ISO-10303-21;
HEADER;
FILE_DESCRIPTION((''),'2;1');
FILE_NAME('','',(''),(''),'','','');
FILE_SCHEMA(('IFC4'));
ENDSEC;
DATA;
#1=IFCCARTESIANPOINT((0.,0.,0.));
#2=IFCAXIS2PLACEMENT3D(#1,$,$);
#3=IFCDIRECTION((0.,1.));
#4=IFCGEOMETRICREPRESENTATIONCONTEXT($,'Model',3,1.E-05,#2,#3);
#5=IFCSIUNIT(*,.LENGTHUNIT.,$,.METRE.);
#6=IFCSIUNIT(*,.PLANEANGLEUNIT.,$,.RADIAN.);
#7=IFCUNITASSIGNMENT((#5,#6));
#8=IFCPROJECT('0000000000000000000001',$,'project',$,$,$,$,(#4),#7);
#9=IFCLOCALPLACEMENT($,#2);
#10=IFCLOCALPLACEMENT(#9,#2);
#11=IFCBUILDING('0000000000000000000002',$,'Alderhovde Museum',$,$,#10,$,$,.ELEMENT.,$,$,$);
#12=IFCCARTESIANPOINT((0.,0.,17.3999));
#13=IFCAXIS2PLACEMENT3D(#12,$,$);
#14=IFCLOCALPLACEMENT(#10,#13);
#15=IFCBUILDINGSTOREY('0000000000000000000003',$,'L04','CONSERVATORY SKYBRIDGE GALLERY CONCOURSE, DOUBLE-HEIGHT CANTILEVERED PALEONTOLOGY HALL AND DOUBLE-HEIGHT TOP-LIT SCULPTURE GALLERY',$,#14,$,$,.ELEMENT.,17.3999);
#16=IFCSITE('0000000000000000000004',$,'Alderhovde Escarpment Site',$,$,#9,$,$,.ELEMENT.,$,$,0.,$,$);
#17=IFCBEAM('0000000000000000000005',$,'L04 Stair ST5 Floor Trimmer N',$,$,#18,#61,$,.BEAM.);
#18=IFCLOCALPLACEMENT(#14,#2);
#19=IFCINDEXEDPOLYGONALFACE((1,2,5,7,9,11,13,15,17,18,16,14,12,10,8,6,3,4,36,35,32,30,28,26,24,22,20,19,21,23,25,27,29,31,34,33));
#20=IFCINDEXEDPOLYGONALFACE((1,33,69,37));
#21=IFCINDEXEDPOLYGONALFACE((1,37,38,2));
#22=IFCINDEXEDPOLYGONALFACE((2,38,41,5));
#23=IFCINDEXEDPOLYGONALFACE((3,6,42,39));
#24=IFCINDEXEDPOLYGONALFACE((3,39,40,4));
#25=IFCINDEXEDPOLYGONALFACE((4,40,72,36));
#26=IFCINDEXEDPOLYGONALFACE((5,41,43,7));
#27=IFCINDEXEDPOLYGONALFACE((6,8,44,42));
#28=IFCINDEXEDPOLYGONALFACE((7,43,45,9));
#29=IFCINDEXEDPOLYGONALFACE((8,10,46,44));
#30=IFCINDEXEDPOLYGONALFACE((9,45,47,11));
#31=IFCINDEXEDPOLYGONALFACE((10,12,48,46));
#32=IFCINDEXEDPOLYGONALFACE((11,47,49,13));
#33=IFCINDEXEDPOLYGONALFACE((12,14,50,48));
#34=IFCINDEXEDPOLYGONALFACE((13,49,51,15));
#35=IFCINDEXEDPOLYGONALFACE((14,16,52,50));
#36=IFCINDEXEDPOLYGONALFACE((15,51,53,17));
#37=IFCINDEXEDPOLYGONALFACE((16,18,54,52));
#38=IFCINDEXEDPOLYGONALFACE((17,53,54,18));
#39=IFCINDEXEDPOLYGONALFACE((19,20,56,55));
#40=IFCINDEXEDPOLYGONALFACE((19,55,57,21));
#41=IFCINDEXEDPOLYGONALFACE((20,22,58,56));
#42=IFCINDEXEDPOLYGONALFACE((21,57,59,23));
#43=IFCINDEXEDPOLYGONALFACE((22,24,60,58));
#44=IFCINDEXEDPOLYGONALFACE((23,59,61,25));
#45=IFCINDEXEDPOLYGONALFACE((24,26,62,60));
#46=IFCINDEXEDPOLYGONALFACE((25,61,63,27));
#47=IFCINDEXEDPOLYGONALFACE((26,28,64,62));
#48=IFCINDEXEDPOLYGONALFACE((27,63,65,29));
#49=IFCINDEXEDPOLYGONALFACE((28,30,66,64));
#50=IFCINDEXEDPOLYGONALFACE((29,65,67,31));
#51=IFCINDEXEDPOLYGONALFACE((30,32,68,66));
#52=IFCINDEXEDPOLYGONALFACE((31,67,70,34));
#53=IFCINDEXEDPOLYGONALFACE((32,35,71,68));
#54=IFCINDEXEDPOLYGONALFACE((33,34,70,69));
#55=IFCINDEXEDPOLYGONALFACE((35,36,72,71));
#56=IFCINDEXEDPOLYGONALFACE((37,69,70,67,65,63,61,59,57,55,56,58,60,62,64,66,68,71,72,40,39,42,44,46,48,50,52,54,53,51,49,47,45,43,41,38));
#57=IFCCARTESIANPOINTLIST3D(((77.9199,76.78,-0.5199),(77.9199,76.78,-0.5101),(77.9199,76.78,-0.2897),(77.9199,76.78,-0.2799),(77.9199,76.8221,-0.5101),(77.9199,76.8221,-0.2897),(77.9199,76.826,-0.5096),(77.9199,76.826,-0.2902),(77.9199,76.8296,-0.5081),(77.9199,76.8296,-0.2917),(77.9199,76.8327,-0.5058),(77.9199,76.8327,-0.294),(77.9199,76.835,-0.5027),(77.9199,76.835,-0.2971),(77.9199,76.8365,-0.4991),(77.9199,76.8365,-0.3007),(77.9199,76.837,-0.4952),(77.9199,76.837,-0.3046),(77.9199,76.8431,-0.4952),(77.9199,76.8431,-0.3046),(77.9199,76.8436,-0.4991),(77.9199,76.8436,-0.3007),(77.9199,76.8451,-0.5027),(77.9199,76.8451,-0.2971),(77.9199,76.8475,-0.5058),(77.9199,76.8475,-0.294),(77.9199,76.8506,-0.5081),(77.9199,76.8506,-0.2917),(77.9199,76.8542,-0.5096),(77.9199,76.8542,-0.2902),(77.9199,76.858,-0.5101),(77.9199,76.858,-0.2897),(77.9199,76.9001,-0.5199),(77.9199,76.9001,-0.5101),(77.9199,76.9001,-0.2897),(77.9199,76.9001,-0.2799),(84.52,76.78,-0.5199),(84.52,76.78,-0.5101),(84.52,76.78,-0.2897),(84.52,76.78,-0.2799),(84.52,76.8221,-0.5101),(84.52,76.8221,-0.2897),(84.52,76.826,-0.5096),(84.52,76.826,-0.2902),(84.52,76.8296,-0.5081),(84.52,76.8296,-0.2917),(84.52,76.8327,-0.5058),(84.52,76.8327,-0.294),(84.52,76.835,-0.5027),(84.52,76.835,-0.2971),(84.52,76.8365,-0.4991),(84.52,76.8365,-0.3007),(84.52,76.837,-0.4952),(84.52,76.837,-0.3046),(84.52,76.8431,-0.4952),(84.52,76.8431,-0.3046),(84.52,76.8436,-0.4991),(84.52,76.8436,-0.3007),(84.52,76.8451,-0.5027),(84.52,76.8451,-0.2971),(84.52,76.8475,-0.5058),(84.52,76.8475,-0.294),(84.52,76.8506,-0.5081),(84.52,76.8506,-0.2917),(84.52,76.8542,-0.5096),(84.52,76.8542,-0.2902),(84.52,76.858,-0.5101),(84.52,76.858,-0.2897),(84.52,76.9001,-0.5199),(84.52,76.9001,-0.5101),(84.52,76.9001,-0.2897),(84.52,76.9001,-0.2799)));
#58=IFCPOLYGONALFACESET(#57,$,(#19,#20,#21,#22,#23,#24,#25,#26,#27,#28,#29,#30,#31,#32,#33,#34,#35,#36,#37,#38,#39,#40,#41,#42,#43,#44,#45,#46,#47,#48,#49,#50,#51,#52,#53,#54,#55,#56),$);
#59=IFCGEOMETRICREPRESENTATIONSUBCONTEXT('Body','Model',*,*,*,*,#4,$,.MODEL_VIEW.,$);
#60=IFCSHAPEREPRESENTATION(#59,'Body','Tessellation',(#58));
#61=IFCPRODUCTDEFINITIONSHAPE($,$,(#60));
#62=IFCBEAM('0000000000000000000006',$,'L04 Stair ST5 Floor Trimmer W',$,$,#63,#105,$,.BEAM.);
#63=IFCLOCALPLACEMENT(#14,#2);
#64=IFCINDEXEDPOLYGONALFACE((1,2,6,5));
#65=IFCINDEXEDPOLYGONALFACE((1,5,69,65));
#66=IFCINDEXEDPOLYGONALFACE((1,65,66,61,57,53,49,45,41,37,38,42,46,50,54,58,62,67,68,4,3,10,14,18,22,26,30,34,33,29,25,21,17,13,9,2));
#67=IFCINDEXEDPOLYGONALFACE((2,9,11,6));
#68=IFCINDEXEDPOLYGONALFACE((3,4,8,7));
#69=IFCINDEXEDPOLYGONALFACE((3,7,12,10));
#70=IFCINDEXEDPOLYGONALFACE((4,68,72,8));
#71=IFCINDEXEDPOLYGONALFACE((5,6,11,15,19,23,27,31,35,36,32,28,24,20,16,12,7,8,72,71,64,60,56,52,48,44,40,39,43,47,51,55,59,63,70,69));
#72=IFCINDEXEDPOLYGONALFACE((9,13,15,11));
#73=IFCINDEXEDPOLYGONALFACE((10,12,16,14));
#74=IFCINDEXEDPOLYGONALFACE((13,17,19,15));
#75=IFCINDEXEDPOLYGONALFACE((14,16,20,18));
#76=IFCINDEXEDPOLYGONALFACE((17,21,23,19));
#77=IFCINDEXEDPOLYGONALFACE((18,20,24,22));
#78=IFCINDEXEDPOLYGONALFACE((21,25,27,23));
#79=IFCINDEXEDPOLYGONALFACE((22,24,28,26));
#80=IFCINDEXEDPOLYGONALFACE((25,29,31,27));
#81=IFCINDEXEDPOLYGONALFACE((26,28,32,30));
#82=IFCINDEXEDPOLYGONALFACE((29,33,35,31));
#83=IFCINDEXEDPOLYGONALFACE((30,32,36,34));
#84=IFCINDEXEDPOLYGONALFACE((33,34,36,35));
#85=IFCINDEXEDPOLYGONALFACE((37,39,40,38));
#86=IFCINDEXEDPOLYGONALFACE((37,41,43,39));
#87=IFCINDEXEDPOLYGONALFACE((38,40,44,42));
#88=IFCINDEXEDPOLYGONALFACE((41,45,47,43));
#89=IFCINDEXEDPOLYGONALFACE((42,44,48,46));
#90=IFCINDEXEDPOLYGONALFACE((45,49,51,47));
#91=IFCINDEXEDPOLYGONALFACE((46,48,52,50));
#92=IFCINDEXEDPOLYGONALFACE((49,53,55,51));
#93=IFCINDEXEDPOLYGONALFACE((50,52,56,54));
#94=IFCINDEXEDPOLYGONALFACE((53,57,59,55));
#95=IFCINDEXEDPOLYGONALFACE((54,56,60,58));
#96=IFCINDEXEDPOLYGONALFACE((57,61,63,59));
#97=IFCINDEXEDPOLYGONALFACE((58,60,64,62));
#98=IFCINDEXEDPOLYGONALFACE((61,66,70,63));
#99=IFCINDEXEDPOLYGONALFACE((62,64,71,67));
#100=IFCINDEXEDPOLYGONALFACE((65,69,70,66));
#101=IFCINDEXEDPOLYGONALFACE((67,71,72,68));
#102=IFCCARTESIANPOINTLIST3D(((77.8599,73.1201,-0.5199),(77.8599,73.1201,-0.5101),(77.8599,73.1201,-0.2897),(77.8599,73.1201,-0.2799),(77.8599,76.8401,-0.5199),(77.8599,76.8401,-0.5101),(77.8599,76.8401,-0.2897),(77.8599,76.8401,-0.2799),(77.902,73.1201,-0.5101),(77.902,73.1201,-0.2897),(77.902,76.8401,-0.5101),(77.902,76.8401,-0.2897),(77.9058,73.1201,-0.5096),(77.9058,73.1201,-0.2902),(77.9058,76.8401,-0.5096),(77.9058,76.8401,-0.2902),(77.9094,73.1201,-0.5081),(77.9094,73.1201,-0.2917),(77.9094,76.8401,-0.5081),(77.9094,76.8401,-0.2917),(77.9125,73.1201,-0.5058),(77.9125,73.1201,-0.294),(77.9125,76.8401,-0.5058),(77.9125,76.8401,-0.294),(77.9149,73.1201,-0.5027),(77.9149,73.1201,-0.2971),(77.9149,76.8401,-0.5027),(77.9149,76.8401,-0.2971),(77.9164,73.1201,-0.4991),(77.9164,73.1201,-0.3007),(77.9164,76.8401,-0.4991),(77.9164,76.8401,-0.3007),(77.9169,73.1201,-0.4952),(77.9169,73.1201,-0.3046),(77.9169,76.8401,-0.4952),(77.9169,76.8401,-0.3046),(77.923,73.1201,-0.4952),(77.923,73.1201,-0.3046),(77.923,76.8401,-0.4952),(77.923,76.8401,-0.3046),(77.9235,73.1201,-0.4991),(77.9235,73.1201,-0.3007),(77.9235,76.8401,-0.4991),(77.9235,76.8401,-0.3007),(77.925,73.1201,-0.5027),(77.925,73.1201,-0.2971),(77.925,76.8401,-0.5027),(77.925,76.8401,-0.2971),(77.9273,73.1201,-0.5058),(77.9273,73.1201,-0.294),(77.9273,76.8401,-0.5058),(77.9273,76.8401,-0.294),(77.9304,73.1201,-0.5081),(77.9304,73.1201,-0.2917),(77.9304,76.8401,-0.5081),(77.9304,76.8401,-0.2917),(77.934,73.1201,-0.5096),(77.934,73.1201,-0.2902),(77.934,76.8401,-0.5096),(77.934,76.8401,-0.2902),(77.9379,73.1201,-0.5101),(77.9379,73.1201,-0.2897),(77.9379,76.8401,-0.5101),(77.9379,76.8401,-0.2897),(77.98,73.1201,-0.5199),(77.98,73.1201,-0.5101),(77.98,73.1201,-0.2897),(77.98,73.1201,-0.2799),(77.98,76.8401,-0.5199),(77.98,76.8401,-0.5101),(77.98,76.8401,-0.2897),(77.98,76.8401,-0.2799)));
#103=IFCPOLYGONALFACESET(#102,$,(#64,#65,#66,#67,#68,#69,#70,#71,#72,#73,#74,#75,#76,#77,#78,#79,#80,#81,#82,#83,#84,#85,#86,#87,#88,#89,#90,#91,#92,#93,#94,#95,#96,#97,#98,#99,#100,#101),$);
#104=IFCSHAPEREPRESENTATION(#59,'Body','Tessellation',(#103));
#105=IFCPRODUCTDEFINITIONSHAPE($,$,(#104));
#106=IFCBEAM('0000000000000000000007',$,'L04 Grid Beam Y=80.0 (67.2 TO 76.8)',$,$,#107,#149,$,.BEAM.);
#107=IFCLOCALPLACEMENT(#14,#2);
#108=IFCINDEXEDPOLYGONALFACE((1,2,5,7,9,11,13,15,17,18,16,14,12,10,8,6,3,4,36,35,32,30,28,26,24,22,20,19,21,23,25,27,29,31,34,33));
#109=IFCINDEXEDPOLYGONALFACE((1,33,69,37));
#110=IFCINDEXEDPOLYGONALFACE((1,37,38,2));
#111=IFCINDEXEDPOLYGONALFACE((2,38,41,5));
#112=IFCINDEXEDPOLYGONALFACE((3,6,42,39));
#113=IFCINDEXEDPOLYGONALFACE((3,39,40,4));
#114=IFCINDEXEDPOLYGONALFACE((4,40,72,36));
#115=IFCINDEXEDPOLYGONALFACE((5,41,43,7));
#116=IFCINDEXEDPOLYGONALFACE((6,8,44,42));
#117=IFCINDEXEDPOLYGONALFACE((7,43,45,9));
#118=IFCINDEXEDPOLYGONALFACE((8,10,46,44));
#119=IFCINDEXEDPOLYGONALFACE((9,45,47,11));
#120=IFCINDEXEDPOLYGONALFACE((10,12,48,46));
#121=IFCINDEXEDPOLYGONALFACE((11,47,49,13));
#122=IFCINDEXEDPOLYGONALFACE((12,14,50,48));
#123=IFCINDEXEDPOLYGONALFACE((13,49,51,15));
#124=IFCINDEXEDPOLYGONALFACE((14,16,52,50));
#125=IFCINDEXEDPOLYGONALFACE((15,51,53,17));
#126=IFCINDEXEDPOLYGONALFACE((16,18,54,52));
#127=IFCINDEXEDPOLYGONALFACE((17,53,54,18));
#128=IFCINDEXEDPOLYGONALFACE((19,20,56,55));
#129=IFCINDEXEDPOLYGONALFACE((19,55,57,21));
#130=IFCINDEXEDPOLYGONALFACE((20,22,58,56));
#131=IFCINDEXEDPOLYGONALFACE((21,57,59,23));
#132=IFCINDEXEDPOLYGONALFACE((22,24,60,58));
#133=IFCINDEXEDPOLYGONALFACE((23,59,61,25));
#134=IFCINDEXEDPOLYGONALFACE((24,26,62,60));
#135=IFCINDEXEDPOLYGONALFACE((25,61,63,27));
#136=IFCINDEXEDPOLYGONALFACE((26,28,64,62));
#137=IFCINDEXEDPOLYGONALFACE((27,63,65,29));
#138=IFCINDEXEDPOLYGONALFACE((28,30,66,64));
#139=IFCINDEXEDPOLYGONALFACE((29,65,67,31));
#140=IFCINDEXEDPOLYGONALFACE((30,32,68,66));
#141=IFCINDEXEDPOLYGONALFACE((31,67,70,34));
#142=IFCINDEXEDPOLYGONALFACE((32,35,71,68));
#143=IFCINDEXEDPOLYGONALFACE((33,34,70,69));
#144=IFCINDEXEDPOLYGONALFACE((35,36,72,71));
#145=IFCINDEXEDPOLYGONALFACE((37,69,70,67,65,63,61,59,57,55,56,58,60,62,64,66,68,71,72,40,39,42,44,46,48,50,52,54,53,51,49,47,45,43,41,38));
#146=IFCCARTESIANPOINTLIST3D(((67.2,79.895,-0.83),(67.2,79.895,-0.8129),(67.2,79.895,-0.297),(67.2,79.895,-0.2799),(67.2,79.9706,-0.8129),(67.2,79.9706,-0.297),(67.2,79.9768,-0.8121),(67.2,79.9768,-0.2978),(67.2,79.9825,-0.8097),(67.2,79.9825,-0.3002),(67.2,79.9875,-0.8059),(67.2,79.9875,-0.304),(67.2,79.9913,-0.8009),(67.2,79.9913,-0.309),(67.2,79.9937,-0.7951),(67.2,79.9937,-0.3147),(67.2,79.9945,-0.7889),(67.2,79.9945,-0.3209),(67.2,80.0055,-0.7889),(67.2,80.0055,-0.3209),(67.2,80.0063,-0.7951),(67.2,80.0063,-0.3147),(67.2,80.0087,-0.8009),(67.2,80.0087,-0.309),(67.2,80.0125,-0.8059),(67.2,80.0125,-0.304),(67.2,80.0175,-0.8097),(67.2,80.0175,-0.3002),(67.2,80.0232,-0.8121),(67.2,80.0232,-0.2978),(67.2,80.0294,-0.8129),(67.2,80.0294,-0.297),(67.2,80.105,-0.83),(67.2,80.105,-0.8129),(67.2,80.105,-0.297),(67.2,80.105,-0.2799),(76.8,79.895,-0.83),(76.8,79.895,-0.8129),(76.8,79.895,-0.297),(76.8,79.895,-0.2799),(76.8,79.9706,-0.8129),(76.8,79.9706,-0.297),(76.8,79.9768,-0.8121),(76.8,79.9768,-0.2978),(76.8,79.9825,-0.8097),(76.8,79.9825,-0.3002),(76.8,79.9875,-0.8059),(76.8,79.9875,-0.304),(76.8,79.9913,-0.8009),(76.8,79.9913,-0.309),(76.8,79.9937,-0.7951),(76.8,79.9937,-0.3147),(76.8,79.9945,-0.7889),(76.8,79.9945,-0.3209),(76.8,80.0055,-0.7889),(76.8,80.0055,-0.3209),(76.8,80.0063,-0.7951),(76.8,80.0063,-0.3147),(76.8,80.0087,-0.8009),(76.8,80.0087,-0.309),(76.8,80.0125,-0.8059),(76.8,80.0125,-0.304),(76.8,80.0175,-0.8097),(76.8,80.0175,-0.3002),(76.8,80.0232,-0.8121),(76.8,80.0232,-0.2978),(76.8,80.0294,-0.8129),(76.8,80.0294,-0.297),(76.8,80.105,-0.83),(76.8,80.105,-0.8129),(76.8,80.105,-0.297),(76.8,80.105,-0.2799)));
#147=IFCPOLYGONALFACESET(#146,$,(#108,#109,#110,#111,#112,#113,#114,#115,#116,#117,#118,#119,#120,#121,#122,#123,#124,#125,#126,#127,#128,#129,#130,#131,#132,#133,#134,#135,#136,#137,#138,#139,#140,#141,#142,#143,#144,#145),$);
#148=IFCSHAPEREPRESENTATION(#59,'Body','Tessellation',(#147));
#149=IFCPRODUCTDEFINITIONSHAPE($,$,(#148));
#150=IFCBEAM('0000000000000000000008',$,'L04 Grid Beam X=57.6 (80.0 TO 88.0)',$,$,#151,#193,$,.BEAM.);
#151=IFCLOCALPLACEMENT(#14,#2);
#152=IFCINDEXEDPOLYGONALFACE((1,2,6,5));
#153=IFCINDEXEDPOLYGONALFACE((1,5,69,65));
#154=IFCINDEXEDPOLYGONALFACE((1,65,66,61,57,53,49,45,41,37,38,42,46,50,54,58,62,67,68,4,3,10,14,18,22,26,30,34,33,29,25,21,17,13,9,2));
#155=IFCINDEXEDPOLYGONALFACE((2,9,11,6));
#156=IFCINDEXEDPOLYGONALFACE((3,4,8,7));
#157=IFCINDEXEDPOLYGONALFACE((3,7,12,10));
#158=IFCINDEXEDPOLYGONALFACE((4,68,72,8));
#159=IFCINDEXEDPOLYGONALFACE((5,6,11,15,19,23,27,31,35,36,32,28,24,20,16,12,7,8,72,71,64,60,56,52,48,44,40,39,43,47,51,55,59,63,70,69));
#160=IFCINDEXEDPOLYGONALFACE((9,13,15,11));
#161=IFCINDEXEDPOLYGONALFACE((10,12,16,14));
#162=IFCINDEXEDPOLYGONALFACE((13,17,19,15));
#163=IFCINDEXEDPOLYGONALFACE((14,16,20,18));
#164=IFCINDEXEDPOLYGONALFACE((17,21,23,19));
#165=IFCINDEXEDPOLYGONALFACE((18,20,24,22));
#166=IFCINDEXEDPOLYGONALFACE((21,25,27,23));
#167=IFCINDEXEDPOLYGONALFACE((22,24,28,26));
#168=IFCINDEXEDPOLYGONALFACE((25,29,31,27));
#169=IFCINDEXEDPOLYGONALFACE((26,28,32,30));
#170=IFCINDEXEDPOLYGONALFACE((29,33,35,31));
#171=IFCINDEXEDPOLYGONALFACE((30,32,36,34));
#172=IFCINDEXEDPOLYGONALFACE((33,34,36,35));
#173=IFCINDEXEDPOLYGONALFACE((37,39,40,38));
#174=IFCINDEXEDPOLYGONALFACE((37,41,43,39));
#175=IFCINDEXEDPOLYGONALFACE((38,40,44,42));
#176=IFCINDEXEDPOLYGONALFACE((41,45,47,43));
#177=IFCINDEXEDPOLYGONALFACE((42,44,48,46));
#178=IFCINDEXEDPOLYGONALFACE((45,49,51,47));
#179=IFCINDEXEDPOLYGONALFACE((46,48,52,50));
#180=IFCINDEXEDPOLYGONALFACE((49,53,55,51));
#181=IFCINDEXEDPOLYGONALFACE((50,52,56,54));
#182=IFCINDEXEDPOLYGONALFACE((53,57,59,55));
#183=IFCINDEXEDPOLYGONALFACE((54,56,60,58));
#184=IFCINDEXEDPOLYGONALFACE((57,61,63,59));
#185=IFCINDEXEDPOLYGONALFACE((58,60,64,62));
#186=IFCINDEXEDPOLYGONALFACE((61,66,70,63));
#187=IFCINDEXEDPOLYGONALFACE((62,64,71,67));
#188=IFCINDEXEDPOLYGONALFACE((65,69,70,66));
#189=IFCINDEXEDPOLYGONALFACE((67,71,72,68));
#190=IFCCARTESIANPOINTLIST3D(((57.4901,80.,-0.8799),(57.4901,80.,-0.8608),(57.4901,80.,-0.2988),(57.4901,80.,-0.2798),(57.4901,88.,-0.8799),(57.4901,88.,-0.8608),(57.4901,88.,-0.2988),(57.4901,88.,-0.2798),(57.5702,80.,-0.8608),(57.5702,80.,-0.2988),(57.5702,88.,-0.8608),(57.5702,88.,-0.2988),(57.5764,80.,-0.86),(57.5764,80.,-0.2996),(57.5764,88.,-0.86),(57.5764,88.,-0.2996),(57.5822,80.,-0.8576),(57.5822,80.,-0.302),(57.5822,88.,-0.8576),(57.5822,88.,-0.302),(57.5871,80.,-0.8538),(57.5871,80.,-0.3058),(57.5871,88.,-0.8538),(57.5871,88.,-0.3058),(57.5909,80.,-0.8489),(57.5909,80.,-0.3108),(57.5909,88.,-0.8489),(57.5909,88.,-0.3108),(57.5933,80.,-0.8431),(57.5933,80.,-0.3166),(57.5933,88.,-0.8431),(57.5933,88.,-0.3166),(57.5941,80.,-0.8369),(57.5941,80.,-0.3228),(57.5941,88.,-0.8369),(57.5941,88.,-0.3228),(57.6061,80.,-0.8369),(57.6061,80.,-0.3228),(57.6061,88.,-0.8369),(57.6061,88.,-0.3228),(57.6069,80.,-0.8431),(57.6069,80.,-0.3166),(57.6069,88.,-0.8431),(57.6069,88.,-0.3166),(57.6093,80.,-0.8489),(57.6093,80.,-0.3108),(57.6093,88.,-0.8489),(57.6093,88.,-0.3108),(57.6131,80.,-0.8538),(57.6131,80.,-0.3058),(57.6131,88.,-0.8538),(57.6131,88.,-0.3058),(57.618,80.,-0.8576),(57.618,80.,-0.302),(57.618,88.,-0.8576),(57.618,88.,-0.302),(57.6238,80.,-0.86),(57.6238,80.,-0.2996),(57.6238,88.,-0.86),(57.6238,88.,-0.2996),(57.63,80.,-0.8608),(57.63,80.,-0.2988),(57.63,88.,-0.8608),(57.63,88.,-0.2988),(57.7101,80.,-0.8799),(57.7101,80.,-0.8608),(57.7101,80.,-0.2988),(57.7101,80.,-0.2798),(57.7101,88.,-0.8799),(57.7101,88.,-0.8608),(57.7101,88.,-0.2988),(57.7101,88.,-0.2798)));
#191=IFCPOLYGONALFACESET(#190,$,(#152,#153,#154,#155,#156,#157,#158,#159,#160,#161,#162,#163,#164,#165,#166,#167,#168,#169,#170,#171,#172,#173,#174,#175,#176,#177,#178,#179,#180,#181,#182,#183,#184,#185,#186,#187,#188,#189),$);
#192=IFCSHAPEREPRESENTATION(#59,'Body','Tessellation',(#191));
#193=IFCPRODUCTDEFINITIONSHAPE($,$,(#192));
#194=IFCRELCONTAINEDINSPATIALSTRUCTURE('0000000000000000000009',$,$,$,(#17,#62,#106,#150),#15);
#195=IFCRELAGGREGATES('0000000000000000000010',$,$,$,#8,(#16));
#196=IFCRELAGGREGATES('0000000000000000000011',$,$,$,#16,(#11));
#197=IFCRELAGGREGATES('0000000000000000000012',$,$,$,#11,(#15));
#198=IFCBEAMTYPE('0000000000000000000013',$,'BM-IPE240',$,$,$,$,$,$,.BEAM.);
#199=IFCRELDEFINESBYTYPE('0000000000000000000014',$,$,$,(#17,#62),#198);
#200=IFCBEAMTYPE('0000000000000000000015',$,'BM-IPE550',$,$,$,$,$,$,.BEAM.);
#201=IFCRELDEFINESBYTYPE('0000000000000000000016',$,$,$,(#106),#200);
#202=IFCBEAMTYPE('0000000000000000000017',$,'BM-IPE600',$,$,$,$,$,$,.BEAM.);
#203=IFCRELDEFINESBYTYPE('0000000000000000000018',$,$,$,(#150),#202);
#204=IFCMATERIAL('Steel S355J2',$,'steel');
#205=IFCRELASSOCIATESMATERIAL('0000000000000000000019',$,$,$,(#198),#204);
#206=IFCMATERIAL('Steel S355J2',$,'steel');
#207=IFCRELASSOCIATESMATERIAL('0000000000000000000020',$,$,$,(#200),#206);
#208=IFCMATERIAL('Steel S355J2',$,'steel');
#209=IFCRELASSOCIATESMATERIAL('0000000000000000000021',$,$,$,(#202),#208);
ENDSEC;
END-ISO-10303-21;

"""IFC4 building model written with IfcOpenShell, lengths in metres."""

from ifc_helpers import new_model, si_unit, direction, frame, origin, origin_2d, place, context, subcontext, project, spatial, i_section, extrude, material, material_profile, profile_set, type_object, element, save


model = new_model("IFC4")

# Units and contexts
model_context = context("Model", 3, precision=1e-05, world=origin(), true_north=direction((0.0, 1.0)))
body_context = subcontext(model_context, "Body", "Model", "MODEL_VIEW")
ifc_project = project(units=[si_unit("LENGTHUNIT", "METRE"), si_unit("PLANEANGLEUNIT", "RADIAN")], contexts=[model_context])

# Site, building, storey
site_placement = place(None, origin())
site = spatial("IfcSite", under=ifc_project, at=site_placement, Name="Alderhovde Escarpment Site", CompositionType="ELEMENT", RefElevation=0.0)
building_placement = place(site_placement, origin())
building = spatial("IfcBuilding", under=site, at=building_placement, Name="Alderhovde Museum", CompositionType="ELEMENT")
storey_placement = place(building_placement, frame((0.0, 0.0, 17.3999)))
storey = spatial("IfcBuildingStorey", under=building, at=storey_placement, Name="L04", Description="CONSERVATORY SKYBRIDGE GALLERY CONCOURSE, DOUBLE-HEIGHT CANTILEVERED PALEONTOLOGY HALL AND DOUBLE-HEIGHT TOP-LIT SCULPTURE GALLERY", CompositionType="ELEMENT", Elevation=17.3999)

# Beams
ifc_material_1 = material(Name="Steel S355J2", Category="steel")
ifc_material_profile_1 = material_profile(ifc_material_1, i_section(OverallWidth=0.1201, OverallDepth=0.24, WebThickness=0.0061, FlangeThickness=0.0098, FilletRadius=0.0149, at=origin_2d()), Name="IPE 240")
ifc_profile_set_1 = profile_set([ifc_material_profile_1], Name="Steel S355J2")
beam_type_1 = type_object("IfcBeamType", Name="BM-IPE240", PredefinedType="BEAM", material=ifc_profile_set_1)
for number, where, z_axis, x_axis, name in (
    (1, (77.9199, 76.8401, -0.3999), (1.0, 0.0, 0.0), (0.0, 1.0, 0.0), "L04 Stair ST5 Floor Trimmer N"),
):
    element("IfcBeam", number, at=place(storey_placement, frame(where, z_axis=z_axis, x_axis=x_axis)), inside=storey, type_object=beam_type_1, Name=name, PredefinedType="BEAM", context=body_context, shape_type="SweptSolid", body=[
        extrude(i_section(OverallWidth=0.1201, OverallDepth=0.24, WebThickness=0.0061, FlangeThickness=0.0098, FilletRadius=0.0149, at=origin_2d()), origin(), (0.0, 0.0, 1.0), 6.6001),
    ])
beam_1_placement = place(storey_placement, frame((77.9199, 73.1201, -0.3999), z_axis=(0.0, 1.0, 0.0), x_axis=(-1.0, 0.0, 0.0)))
element("IfcBeam", 2, at=beam_1_placement, inside=storey, type_object=beam_type_1, Name="L04 Stair ST5 Floor Trimmer W", PredefinedType="BEAM", context=body_context, shape_type="SweptSolid", body=[
    extrude(i_section(OverallWidth=0.1201, OverallDepth=0.24, WebThickness=0.0061, FlangeThickness=0.0098, FilletRadius=0.0149, at=origin_2d()), origin(), (0.0, 0.0, 1.0), 3.72),
])
ifc_material_2 = material(Name="Steel S355J2", Category="steel")
ifc_material_profile_2 = material_profile(ifc_material_2, i_section(OverallWidth=0.21, OverallDepth=0.55, WebThickness=0.011, FlangeThickness=0.0171, FilletRadius=0.0239, at=origin_2d()), Name="IPE 550")
ifc_profile_set_2 = profile_set([ifc_material_profile_2], Name="Steel S355J2")
beam_type_2 = type_object("IfcBeamType", Name="BM-IPE550", PredefinedType="BEAM", material=ifc_profile_set_2)
beam_2_placement = place(storey_placement, frame((67.2, 80.0, -0.5549), z_axis=(1.0, 0.0, 0.0), x_axis=(0.0, 1.0, 0.0)))
element("IfcBeam", 3, at=beam_2_placement, inside=storey, type_object=beam_type_2, Name="L04 Grid Beam Y=80.0 (67.2 TO 76.8)", PredefinedType="BEAM", context=body_context, shape_type="SweptSolid", body=[
    extrude(i_section(OverallWidth=0.21, OverallDepth=0.55, WebThickness=0.011, FlangeThickness=0.0171, FilletRadius=0.0239, at=origin_2d()), origin(), (0.0, 0.0, 1.0), 9.6001),
])
ifc_material_3 = material(Name="Steel S355J2", Category="steel")
ifc_material_profile_3 = material_profile(ifc_material_3, i_section(OverallWidth=0.22, OverallDepth=0.6001, WebThickness=0.012, FlangeThickness=0.019, FilletRadius=0.0239, at=origin_2d()), Name="IPE 600")
ifc_profile_set_3 = profile_set([ifc_material_profile_3], Name="Steel S355J2")
beam_type_3 = type_object("IfcBeamType", Name="BM-IPE600", PredefinedType="BEAM", material=ifc_profile_set_3)
beam_3_placement = place(storey_placement, frame((57.6001, 80.0, -0.5798), z_axis=(0.0, 1.0, 0.0), x_axis=(-1.0, 0.0, 0.0)))
element("IfcBeam", 4, at=beam_3_placement, inside=storey, type_object=beam_type_3, Name="L04 Grid Beam X=57.6 (80.0 TO 88.0)", PredefinedType="BEAM", context=body_context, shape_type="SweptSolid", body=[
    extrude(i_section(OverallWidth=0.22, OverallDepth=0.6001, WebThickness=0.012, FlangeThickness=0.019, FilletRadius=0.0239, at=origin_2d()), origin(), (0.0, 0.0, 1.0), 8.0),
])

save(model, "model.ifc")
